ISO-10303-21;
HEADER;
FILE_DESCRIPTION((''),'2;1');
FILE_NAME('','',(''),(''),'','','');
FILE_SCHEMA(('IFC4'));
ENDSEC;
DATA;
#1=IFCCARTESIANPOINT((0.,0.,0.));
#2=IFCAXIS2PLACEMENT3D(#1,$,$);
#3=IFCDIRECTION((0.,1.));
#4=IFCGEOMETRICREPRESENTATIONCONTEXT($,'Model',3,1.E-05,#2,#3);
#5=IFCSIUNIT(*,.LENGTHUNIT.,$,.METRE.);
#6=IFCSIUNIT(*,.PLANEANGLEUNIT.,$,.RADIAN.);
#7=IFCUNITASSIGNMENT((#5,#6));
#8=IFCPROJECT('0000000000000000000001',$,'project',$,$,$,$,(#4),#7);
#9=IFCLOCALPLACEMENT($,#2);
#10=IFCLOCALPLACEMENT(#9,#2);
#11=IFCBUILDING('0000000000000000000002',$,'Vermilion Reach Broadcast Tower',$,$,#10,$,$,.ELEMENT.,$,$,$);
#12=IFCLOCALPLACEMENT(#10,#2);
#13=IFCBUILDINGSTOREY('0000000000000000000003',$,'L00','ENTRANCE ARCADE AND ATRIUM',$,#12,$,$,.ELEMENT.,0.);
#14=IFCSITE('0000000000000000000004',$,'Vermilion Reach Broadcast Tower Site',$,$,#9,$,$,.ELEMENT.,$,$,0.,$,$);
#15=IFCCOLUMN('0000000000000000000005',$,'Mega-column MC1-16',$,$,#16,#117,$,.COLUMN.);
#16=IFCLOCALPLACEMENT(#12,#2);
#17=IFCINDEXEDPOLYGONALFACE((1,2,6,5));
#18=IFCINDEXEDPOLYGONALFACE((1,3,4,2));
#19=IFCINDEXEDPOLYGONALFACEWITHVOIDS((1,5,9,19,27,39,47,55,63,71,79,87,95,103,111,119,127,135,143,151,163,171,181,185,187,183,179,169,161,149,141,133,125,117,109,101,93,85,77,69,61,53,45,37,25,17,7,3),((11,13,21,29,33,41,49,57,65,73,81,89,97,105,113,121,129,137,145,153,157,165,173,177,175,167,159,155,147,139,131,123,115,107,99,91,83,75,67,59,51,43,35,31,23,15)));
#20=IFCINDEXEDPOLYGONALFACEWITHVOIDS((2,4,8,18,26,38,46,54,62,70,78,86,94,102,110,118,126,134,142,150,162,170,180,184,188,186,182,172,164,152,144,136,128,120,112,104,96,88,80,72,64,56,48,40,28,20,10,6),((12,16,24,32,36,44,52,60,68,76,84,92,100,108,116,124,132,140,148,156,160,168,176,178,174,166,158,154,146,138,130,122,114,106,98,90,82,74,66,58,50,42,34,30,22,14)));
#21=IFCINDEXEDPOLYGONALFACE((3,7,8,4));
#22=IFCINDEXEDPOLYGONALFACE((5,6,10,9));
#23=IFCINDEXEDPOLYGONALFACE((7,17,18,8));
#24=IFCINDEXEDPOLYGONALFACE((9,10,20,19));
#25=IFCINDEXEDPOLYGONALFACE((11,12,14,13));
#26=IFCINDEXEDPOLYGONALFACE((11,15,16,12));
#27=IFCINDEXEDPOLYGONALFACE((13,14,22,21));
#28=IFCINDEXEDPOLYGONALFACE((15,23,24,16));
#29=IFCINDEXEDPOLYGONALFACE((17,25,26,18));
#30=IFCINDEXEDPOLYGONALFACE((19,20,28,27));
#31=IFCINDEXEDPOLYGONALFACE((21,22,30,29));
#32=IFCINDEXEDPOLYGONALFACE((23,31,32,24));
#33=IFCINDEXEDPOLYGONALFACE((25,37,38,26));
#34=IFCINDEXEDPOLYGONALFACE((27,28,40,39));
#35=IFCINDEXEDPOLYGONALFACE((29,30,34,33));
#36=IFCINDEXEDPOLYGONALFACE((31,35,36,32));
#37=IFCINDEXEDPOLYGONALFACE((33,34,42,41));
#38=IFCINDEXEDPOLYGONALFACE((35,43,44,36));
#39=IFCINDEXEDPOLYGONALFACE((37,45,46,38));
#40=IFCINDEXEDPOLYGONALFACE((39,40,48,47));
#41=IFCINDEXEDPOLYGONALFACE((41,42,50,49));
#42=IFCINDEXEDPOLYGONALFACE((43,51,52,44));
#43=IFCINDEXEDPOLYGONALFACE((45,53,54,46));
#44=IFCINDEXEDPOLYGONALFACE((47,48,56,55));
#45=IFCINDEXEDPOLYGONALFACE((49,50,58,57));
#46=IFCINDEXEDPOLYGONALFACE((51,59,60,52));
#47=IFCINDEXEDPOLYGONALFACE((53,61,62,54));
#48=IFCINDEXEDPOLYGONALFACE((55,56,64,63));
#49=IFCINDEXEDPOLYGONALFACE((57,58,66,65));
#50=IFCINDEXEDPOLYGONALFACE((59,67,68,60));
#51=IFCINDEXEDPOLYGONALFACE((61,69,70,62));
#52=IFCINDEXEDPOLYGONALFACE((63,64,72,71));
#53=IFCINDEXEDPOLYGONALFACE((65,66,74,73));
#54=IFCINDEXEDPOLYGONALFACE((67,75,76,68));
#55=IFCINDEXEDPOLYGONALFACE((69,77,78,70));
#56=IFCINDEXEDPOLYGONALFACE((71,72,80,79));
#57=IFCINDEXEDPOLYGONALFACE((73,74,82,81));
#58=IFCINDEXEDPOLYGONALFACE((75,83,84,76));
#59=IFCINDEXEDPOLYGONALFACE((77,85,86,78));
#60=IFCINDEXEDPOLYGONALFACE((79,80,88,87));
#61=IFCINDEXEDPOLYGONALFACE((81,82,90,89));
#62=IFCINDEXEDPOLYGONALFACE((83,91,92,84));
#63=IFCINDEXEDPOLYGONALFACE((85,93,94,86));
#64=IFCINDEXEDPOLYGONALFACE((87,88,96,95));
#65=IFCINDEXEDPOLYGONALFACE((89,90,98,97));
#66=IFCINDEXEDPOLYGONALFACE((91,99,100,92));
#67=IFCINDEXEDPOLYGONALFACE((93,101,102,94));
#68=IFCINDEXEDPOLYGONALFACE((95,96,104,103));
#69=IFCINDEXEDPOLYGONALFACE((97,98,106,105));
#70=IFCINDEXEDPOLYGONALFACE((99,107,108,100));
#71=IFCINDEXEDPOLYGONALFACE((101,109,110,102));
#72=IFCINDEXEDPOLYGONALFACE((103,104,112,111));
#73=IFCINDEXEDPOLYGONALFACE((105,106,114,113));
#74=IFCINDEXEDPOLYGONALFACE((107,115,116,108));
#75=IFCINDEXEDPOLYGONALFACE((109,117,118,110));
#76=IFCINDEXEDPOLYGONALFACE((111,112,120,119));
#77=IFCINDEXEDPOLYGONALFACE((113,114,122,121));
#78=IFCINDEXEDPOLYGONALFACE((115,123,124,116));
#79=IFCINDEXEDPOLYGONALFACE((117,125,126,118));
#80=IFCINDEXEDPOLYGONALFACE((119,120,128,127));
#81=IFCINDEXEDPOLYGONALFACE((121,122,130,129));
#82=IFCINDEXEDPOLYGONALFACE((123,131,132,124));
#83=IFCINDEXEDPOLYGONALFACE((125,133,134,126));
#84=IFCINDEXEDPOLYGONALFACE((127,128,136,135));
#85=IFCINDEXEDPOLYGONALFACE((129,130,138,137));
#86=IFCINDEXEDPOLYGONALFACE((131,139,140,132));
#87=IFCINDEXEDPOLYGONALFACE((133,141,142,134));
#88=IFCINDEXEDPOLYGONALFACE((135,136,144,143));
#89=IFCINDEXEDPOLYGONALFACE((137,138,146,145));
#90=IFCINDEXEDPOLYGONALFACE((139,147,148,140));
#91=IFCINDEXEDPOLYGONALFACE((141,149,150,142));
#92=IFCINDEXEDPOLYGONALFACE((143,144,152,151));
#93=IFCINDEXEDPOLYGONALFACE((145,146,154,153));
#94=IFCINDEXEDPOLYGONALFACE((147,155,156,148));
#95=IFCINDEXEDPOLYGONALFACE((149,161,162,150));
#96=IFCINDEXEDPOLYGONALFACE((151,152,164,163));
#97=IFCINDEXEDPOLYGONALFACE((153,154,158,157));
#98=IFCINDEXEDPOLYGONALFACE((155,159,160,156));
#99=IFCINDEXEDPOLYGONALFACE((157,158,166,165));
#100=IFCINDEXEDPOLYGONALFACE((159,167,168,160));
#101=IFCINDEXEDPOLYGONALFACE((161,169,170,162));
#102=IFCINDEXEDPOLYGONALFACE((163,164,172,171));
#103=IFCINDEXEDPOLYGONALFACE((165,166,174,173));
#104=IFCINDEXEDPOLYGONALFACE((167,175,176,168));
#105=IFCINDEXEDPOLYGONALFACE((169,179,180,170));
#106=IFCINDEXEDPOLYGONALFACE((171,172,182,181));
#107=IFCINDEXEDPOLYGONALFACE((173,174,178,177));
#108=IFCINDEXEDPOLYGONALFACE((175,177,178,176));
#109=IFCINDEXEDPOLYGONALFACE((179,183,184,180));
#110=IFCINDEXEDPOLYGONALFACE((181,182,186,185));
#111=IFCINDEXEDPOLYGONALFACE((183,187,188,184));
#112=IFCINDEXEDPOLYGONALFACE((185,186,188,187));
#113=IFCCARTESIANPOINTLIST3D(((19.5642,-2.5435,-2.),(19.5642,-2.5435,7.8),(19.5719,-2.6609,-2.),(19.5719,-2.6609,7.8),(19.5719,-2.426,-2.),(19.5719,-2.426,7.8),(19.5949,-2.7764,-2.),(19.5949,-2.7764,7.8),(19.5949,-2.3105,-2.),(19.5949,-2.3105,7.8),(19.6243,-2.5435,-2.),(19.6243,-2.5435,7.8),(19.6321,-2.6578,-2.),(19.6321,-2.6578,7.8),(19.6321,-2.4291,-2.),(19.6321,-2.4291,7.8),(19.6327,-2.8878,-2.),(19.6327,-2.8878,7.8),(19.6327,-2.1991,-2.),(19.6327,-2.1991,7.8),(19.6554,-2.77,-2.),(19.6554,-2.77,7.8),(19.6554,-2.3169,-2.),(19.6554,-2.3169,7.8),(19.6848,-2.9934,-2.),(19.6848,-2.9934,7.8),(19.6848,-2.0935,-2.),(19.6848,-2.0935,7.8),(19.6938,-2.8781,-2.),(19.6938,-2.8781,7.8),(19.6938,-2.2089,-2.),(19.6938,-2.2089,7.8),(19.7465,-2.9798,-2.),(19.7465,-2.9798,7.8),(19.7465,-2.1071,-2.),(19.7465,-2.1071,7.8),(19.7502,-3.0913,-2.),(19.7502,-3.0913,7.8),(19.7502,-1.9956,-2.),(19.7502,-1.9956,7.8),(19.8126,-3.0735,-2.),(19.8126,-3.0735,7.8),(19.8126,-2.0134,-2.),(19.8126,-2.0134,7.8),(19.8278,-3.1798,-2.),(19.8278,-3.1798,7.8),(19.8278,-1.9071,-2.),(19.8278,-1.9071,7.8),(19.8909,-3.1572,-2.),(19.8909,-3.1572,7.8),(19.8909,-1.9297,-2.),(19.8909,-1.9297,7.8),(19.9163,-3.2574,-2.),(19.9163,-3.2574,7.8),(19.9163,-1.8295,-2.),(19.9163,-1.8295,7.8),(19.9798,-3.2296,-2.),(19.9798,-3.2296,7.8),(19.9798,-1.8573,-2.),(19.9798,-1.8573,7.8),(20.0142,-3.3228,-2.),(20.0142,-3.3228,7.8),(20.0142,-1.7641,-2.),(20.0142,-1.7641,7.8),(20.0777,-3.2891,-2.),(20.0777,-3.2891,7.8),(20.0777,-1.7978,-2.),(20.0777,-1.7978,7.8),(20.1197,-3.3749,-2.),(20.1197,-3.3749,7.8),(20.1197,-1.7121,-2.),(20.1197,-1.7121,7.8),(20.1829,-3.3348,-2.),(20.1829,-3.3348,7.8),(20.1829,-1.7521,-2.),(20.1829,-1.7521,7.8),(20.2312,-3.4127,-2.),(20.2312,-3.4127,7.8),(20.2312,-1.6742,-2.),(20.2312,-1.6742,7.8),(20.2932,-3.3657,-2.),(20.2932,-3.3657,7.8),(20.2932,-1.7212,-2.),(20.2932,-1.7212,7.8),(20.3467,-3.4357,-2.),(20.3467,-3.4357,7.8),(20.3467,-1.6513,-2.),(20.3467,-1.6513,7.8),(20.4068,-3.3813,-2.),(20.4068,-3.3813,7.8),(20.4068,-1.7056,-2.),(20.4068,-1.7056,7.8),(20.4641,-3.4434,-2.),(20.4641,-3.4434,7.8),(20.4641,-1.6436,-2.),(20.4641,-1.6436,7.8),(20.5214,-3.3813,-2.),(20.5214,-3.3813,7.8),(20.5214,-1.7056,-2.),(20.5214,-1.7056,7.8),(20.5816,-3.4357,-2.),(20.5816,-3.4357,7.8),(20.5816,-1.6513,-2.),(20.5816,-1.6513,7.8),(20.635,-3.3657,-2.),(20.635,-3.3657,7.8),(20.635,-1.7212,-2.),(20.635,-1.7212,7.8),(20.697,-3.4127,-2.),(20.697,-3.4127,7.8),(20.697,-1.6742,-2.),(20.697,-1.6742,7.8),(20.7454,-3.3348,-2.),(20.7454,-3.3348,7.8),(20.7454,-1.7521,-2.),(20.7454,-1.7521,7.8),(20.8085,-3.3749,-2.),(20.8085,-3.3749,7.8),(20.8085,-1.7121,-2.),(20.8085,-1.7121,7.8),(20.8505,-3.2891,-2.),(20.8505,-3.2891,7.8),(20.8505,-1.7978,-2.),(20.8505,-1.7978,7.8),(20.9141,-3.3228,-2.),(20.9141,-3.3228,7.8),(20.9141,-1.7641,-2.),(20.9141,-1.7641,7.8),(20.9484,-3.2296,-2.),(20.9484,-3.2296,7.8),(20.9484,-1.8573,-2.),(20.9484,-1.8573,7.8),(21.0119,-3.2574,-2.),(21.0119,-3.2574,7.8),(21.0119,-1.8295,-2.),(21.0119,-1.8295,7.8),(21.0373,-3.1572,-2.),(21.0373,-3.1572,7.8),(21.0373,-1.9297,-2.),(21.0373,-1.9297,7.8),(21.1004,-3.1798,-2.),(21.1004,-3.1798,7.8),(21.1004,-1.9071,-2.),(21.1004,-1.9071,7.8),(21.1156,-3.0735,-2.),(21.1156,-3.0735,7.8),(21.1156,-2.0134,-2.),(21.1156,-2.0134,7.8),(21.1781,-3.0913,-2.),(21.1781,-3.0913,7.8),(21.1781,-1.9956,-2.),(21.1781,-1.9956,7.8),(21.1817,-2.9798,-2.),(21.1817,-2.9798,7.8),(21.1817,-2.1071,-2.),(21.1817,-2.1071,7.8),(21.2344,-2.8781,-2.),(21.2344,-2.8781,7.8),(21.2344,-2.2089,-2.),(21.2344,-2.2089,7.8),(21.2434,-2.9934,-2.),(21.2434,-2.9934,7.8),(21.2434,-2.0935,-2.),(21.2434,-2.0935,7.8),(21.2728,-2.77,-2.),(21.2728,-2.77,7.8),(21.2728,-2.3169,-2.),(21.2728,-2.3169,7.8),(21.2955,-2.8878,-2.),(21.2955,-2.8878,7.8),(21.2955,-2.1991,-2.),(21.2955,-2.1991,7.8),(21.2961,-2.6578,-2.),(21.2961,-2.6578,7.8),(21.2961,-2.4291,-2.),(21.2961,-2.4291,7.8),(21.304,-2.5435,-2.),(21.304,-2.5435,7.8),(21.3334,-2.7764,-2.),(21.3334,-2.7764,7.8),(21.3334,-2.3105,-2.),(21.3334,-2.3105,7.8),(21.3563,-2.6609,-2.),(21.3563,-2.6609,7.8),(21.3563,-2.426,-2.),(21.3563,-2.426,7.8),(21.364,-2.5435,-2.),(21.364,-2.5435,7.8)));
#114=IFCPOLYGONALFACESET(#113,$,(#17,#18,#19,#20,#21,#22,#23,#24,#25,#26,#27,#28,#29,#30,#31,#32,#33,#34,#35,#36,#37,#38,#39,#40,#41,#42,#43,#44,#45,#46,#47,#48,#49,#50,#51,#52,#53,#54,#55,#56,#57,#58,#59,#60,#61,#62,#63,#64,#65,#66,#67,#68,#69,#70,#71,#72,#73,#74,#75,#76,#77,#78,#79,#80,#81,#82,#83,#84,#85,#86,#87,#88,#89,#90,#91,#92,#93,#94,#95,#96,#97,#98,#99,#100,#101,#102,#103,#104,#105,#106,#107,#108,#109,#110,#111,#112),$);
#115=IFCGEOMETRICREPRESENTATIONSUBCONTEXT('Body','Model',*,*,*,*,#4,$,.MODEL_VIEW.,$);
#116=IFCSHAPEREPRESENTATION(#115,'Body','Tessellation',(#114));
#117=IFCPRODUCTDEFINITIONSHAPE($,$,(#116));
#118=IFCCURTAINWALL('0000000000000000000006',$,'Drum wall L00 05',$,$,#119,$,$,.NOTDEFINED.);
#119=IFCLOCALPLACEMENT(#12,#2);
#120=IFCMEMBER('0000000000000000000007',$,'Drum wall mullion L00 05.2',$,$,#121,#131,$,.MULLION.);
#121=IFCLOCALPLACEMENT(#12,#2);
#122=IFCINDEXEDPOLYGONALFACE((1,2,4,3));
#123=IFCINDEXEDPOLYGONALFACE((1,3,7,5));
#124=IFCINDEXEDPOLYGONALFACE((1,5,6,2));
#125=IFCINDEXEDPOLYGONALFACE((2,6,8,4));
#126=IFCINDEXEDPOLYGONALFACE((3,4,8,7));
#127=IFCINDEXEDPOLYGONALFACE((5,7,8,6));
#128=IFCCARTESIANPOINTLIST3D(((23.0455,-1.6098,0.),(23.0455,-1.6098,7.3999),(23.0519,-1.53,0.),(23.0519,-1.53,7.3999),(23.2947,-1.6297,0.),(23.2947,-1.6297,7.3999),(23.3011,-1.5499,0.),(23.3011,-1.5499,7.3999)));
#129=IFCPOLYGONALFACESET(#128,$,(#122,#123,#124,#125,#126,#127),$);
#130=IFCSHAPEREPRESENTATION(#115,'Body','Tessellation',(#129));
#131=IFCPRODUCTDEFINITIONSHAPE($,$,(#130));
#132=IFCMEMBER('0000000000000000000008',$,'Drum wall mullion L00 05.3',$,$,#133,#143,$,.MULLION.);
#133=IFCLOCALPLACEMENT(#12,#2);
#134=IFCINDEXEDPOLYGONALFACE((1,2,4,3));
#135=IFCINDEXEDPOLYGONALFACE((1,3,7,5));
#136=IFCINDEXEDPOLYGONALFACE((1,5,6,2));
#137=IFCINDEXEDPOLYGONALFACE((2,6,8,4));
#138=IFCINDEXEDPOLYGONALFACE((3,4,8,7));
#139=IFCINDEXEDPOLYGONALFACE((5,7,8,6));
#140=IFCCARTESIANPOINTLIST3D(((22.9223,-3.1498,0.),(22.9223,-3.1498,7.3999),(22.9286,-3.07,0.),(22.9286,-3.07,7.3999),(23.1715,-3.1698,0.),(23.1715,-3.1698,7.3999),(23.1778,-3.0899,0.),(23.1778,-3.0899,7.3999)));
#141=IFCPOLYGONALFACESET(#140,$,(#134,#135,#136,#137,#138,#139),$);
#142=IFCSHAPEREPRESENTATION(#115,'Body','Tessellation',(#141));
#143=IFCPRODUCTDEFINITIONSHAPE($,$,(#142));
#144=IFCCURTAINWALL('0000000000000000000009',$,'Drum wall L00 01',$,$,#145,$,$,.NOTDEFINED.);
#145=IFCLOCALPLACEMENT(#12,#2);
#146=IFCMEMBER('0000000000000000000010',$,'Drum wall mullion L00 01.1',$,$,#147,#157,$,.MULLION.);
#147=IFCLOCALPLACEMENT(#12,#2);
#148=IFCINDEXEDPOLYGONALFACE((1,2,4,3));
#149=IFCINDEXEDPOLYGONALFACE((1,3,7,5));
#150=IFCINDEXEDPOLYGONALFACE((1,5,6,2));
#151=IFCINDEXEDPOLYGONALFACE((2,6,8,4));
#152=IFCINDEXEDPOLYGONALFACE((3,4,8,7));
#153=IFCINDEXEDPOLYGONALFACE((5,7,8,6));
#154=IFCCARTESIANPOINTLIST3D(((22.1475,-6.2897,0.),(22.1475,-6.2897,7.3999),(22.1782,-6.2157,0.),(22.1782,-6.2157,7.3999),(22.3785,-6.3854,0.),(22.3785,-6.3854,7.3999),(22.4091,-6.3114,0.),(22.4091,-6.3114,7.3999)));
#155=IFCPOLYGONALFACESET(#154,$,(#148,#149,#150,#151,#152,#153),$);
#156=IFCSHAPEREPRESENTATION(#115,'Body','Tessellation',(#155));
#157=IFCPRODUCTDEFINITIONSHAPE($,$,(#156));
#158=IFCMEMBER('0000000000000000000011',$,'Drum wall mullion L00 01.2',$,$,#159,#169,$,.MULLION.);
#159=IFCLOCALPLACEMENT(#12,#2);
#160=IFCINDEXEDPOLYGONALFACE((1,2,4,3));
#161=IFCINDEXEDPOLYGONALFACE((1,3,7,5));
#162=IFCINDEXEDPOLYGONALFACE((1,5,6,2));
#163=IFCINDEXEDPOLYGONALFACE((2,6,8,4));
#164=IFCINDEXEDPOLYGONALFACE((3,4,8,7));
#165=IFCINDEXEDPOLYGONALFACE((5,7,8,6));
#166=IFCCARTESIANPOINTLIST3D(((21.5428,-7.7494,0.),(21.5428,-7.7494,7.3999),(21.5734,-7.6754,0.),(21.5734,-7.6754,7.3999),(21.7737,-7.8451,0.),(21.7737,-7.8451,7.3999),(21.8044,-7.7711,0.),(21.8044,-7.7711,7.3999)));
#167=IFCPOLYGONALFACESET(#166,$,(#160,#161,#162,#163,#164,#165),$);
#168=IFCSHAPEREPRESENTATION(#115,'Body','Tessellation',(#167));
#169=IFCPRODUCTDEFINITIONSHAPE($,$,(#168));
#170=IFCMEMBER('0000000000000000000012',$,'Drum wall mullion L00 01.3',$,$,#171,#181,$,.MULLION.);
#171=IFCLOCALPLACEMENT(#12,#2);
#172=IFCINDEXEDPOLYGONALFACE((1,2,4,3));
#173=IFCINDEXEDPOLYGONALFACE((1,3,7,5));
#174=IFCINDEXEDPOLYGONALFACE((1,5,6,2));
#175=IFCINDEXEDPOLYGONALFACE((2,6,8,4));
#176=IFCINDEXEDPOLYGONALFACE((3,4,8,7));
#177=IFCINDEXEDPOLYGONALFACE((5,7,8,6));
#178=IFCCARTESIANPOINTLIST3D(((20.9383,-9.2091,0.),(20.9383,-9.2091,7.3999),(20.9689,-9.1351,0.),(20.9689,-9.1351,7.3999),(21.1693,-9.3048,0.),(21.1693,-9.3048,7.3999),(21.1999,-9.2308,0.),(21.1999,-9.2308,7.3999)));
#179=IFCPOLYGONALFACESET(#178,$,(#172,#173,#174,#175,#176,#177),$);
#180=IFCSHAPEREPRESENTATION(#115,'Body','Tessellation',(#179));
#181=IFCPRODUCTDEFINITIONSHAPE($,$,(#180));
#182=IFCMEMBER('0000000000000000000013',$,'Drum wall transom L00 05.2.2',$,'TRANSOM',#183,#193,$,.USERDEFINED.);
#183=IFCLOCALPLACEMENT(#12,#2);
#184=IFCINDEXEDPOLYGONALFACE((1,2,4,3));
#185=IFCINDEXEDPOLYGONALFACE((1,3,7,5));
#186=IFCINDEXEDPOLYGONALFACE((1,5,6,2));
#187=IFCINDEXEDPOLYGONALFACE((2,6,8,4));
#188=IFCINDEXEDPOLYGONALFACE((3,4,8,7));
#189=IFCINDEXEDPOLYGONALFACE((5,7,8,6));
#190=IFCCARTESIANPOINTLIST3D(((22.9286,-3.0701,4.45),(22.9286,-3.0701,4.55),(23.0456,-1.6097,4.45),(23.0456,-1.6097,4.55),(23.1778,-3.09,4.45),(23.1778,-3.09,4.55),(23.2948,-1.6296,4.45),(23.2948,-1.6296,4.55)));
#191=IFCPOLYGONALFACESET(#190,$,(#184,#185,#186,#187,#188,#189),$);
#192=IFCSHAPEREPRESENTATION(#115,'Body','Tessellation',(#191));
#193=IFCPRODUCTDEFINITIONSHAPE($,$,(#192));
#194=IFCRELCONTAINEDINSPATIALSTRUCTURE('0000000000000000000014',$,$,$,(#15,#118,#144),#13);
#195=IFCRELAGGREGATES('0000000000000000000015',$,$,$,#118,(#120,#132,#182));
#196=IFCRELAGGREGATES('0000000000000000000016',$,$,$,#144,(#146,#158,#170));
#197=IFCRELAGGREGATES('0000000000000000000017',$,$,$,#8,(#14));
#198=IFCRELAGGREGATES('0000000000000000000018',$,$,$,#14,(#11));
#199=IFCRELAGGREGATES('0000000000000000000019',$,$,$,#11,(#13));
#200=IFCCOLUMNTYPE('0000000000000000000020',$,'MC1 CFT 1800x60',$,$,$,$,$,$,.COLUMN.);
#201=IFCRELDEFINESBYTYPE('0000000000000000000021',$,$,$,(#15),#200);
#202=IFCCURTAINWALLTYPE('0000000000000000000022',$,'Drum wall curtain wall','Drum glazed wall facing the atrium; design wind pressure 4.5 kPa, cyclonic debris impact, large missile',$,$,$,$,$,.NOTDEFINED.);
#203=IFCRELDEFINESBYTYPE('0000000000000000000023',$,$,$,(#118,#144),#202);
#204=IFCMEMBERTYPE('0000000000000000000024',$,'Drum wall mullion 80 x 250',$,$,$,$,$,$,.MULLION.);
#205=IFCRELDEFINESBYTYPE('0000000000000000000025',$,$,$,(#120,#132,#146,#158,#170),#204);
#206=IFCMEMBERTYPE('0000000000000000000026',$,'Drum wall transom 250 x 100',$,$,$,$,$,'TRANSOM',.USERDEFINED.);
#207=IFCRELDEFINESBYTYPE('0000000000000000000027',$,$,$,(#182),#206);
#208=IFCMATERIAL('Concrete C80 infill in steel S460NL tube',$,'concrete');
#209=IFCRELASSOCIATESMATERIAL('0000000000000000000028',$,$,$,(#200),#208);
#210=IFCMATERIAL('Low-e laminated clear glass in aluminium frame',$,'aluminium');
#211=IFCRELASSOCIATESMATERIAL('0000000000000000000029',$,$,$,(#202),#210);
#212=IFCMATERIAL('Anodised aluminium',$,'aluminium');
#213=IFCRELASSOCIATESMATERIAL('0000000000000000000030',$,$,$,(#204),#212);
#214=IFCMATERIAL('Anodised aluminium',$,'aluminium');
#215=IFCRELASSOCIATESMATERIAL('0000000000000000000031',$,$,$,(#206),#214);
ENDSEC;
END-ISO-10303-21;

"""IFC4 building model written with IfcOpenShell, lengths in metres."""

from ifc_helpers import new_model, si_unit, direction, frame, origin, origin_2d, place, context, subcontext, project, spatial, rectangle, hollow_circle, extrude, material, material_profile, profile_set, type_object, element, aggregate, save


model = new_model("IFC4")

# Units and contexts
model_context = context("Model", 3, precision=1e-05, world=origin(), true_north=direction((0.0, 1.0)))
body_context = subcontext(model_context, "Body", "Model", "MODEL_VIEW")
ifc_project = project(units=[si_unit("LENGTHUNIT", "METRE"), si_unit("PLANEANGLEUNIT", "RADIAN")], contexts=[model_context])

# Site, building, storey
site_placement = place(None, origin())
site = spatial("IfcSite", under=ifc_project, at=site_placement, Name="Vermilion Reach Broadcast Tower Site", CompositionType="ELEMENT", RefElevation=0.0)
building_placement = place(site_placement, origin())
building = spatial("IfcBuilding", under=site, at=building_placement, Name="Vermilion Reach Broadcast Tower", CompositionType="ELEMENT")
storey_placement = place(building_placement, origin())
storey = spatial("IfcBuildingStorey", under=building, at=storey_placement, Name="L00", Description="ENTRANCE ARCADE AND ATRIUM", CompositionType="ELEMENT", Elevation=0.0)

# Column
ifc_material_1 = material(Name="Concrete C80 infill in steel S460NL tube", Category="concrete")
ifc_material_profile_1 = material_profile(ifc_material_1, hollow_circle(Radius=0.8999, WallThickness=0.0601, at=origin_2d()), Name="Concrete C80 infill in steel S460NL tube CFT 1800x60")
ifc_profile_set_1 = profile_set([ifc_material_profile_1], Name="Concrete C80 infill in steel S460NL tube")
column_type = type_object("IfcColumnType", Name="MC1 CFT 1800x60", PredefinedType="COLUMN", material=ifc_profile_set_1)
column_placement = place(storey_placement, frame((20.4641, -2.5435, -2.0), z_axis=(0.0, 0.0, 1.0), x_axis=(1.0, 0.0, 0.0)))
element("IfcColumn", 1, at=column_placement, inside=storey, type_object=column_type, Name="Mega-column MC1-16", PredefinedType="COLUMN", context=body_context, shape_type="SweptSolid", body=[
    extrude(hollow_circle(Radius=0.8999, WallThickness=0.0601, at=origin_2d()), origin(), (0.0, 0.0, 1.0), 9.8),
])

# Curtain walls, members
ifc_material_2 = material(Name="Low-e laminated clear glass in aluminium frame", Category="aluminium")
curtain_wall_type = type_object("IfcCurtainWallType", Name="Drum wall curtain wall", Description="Drum glazed wall facing the atrium; design wind pressure 4.5 kPa, cyclonic debris impact, large missile", PredefinedType="NOTDEFINED", material=ifc_material_2)
placement = place(storey_placement, origin())
curtain_wall_1 = element("IfcCurtainWall", 2, at=placement, inside=storey, type_object=curtain_wall_type, Name="Drum wall L00 05", PredefinedType="NOTDEFINED")
ifc_material_3 = material(Name="Anodised aluminium", Category="aluminium")
ifc_material_profile_2 = material_profile(ifc_material_3, rectangle(XDim=0.25, YDim=0.0801, at=origin_2d()), Name="Drum wall mullion 80 x 250")
ifc_profile_set_2 = profile_set([ifc_material_profile_2], Name="Anodised aluminium")
member_type_1 = type_object("IfcMemberType", Name="Drum wall mullion 80 x 250", PredefinedType="MULLION", material=ifc_profile_set_2)
member_1_placement = place(storey_placement, frame((23.1733, -1.5798, 0.0), z_axis=(0.0, 0.0, 1.0), x_axis=(0.996817, -0.079726, 0.0)))
member_1 = element("IfcMember", 3, at=member_1_placement, type_object=member_type_1, Name="Drum wall mullion L00 05.2", PredefinedType="MULLION", context=body_context, shape_type="SweptSolid", body=[
    extrude(rectangle(XDim=0.25, YDim=0.0801, at=origin_2d()), origin(), (0.0, 0.0, 1.0), 7.3999),
])
member_2_placement = place(storey_placement, frame((23.05, -3.1199, 0.0), z_axis=(0.0, 0.0, 1.0), x_axis=(0.996817, -0.079726, 0.0)))
member_2 = element("IfcMember", 4, at=member_2_placement, type_object=member_type_1, Name="Drum wall mullion L00 05.3", PredefinedType="MULLION", context=body_context, shape_type="SweptSolid", body=[
    extrude(rectangle(XDim=0.25, YDim=0.0801, at=origin_2d()), origin(), (0.0, 0.0, 1.0), 7.3999),
])
curtain_wall_2 = element("IfcCurtainWall", 5, at=placement, inside=storey, type_object=curtain_wall_type, Name="Drum wall L00 01", PredefinedType="NOTDEFINED")
member_3_placement = place(storey_placement, frame((22.2783, -6.3005, 0.0), z_axis=(0.0, 0.0, 1.0), x_axis=(0.923875, -0.382693, 0.0)))
member_3 = element("IfcMember", 6, at=member_3_placement, type_object=member_type_1, Name="Drum wall mullion L00 01.1", PredefinedType="MULLION", context=body_context, shape_type="SweptSolid", body=[
    extrude(rectangle(XDim=0.25, YDim=0.0801, at=origin_2d()), origin(), (0.0, 0.0, 1.0), 7.3999),
])
member_4_placement = place(storey_placement, frame((21.6736, -7.7603, 0.0), z_axis=(0.0, 0.0, 1.0), x_axis=(0.923875, -0.382693, 0.0)))
member_4 = element("IfcMember", 7, at=member_4_placement, type_object=member_type_1, Name="Drum wall mullion L00 01.2", PredefinedType="MULLION", context=body_context, shape_type="SweptSolid", body=[
    extrude(rectangle(XDim=0.25, YDim=0.0801, at=origin_2d()), origin(), (0.0, 0.0, 1.0), 7.3999),
])
member_5_placement = place(storey_placement, frame((21.0691, -9.22, 0.0), z_axis=(0.0, 0.0, 1.0), x_axis=(0.923875, -0.382693, 0.0)))
member_5 = element("IfcMember", 8, at=member_5_placement, type_object=member_type_1, Name="Drum wall mullion L00 01.3", PredefinedType="MULLION", context=body_context, shape_type="SweptSolid", body=[
    extrude(rectangle(XDim=0.25, YDim=0.0801, at=origin_2d()), origin(), (0.0, 0.0, 1.0), 7.3999),
])

# Member
ifc_material_4 = material(Name="Anodised aluminium", Category="aluminium")
ifc_material_profile_3 = material_profile(ifc_material_4, rectangle(XDim=0.25, YDim=0.1001, at=origin_2d()), Name="Drum wall transom 250 x 100")
ifc_profile_set_3 = profile_set([ifc_material_profile_3], Name="Anodised aluminium")
member_type_2 = type_object("IfcMemberType", Name="Drum wall transom 250 x 100", ElementType="TRANSOM", PredefinedType="USERDEFINED", material=ifc_profile_set_3)
member_6_placement = place(storey_placement, frame((23.1702, -1.6196, 4.5), z_axis=(-0.079818, -0.996809, 0.0), x_axis=(0.996809, -0.079818, 0.0)))
member_6 = element("IfcMember", 9, at=member_6_placement, type_object=member_type_2, Name="Drum wall transom L00 05.2.2", ObjectType="TRANSOM", PredefinedType="USERDEFINED", context=body_context, shape_type="SweptSolid", body=[
    extrude(rectangle(XDim=0.25, YDim=0.1001, at=origin_2d()), origin(), (0.0, 0.0, 1.0), 1.4651),
])

aggregate(curtain_wall_1, [member_1, member_2, member_6])
aggregate(curtain_wall_2, [member_3, member_4, member_5])

save(model, "model.ifc")
